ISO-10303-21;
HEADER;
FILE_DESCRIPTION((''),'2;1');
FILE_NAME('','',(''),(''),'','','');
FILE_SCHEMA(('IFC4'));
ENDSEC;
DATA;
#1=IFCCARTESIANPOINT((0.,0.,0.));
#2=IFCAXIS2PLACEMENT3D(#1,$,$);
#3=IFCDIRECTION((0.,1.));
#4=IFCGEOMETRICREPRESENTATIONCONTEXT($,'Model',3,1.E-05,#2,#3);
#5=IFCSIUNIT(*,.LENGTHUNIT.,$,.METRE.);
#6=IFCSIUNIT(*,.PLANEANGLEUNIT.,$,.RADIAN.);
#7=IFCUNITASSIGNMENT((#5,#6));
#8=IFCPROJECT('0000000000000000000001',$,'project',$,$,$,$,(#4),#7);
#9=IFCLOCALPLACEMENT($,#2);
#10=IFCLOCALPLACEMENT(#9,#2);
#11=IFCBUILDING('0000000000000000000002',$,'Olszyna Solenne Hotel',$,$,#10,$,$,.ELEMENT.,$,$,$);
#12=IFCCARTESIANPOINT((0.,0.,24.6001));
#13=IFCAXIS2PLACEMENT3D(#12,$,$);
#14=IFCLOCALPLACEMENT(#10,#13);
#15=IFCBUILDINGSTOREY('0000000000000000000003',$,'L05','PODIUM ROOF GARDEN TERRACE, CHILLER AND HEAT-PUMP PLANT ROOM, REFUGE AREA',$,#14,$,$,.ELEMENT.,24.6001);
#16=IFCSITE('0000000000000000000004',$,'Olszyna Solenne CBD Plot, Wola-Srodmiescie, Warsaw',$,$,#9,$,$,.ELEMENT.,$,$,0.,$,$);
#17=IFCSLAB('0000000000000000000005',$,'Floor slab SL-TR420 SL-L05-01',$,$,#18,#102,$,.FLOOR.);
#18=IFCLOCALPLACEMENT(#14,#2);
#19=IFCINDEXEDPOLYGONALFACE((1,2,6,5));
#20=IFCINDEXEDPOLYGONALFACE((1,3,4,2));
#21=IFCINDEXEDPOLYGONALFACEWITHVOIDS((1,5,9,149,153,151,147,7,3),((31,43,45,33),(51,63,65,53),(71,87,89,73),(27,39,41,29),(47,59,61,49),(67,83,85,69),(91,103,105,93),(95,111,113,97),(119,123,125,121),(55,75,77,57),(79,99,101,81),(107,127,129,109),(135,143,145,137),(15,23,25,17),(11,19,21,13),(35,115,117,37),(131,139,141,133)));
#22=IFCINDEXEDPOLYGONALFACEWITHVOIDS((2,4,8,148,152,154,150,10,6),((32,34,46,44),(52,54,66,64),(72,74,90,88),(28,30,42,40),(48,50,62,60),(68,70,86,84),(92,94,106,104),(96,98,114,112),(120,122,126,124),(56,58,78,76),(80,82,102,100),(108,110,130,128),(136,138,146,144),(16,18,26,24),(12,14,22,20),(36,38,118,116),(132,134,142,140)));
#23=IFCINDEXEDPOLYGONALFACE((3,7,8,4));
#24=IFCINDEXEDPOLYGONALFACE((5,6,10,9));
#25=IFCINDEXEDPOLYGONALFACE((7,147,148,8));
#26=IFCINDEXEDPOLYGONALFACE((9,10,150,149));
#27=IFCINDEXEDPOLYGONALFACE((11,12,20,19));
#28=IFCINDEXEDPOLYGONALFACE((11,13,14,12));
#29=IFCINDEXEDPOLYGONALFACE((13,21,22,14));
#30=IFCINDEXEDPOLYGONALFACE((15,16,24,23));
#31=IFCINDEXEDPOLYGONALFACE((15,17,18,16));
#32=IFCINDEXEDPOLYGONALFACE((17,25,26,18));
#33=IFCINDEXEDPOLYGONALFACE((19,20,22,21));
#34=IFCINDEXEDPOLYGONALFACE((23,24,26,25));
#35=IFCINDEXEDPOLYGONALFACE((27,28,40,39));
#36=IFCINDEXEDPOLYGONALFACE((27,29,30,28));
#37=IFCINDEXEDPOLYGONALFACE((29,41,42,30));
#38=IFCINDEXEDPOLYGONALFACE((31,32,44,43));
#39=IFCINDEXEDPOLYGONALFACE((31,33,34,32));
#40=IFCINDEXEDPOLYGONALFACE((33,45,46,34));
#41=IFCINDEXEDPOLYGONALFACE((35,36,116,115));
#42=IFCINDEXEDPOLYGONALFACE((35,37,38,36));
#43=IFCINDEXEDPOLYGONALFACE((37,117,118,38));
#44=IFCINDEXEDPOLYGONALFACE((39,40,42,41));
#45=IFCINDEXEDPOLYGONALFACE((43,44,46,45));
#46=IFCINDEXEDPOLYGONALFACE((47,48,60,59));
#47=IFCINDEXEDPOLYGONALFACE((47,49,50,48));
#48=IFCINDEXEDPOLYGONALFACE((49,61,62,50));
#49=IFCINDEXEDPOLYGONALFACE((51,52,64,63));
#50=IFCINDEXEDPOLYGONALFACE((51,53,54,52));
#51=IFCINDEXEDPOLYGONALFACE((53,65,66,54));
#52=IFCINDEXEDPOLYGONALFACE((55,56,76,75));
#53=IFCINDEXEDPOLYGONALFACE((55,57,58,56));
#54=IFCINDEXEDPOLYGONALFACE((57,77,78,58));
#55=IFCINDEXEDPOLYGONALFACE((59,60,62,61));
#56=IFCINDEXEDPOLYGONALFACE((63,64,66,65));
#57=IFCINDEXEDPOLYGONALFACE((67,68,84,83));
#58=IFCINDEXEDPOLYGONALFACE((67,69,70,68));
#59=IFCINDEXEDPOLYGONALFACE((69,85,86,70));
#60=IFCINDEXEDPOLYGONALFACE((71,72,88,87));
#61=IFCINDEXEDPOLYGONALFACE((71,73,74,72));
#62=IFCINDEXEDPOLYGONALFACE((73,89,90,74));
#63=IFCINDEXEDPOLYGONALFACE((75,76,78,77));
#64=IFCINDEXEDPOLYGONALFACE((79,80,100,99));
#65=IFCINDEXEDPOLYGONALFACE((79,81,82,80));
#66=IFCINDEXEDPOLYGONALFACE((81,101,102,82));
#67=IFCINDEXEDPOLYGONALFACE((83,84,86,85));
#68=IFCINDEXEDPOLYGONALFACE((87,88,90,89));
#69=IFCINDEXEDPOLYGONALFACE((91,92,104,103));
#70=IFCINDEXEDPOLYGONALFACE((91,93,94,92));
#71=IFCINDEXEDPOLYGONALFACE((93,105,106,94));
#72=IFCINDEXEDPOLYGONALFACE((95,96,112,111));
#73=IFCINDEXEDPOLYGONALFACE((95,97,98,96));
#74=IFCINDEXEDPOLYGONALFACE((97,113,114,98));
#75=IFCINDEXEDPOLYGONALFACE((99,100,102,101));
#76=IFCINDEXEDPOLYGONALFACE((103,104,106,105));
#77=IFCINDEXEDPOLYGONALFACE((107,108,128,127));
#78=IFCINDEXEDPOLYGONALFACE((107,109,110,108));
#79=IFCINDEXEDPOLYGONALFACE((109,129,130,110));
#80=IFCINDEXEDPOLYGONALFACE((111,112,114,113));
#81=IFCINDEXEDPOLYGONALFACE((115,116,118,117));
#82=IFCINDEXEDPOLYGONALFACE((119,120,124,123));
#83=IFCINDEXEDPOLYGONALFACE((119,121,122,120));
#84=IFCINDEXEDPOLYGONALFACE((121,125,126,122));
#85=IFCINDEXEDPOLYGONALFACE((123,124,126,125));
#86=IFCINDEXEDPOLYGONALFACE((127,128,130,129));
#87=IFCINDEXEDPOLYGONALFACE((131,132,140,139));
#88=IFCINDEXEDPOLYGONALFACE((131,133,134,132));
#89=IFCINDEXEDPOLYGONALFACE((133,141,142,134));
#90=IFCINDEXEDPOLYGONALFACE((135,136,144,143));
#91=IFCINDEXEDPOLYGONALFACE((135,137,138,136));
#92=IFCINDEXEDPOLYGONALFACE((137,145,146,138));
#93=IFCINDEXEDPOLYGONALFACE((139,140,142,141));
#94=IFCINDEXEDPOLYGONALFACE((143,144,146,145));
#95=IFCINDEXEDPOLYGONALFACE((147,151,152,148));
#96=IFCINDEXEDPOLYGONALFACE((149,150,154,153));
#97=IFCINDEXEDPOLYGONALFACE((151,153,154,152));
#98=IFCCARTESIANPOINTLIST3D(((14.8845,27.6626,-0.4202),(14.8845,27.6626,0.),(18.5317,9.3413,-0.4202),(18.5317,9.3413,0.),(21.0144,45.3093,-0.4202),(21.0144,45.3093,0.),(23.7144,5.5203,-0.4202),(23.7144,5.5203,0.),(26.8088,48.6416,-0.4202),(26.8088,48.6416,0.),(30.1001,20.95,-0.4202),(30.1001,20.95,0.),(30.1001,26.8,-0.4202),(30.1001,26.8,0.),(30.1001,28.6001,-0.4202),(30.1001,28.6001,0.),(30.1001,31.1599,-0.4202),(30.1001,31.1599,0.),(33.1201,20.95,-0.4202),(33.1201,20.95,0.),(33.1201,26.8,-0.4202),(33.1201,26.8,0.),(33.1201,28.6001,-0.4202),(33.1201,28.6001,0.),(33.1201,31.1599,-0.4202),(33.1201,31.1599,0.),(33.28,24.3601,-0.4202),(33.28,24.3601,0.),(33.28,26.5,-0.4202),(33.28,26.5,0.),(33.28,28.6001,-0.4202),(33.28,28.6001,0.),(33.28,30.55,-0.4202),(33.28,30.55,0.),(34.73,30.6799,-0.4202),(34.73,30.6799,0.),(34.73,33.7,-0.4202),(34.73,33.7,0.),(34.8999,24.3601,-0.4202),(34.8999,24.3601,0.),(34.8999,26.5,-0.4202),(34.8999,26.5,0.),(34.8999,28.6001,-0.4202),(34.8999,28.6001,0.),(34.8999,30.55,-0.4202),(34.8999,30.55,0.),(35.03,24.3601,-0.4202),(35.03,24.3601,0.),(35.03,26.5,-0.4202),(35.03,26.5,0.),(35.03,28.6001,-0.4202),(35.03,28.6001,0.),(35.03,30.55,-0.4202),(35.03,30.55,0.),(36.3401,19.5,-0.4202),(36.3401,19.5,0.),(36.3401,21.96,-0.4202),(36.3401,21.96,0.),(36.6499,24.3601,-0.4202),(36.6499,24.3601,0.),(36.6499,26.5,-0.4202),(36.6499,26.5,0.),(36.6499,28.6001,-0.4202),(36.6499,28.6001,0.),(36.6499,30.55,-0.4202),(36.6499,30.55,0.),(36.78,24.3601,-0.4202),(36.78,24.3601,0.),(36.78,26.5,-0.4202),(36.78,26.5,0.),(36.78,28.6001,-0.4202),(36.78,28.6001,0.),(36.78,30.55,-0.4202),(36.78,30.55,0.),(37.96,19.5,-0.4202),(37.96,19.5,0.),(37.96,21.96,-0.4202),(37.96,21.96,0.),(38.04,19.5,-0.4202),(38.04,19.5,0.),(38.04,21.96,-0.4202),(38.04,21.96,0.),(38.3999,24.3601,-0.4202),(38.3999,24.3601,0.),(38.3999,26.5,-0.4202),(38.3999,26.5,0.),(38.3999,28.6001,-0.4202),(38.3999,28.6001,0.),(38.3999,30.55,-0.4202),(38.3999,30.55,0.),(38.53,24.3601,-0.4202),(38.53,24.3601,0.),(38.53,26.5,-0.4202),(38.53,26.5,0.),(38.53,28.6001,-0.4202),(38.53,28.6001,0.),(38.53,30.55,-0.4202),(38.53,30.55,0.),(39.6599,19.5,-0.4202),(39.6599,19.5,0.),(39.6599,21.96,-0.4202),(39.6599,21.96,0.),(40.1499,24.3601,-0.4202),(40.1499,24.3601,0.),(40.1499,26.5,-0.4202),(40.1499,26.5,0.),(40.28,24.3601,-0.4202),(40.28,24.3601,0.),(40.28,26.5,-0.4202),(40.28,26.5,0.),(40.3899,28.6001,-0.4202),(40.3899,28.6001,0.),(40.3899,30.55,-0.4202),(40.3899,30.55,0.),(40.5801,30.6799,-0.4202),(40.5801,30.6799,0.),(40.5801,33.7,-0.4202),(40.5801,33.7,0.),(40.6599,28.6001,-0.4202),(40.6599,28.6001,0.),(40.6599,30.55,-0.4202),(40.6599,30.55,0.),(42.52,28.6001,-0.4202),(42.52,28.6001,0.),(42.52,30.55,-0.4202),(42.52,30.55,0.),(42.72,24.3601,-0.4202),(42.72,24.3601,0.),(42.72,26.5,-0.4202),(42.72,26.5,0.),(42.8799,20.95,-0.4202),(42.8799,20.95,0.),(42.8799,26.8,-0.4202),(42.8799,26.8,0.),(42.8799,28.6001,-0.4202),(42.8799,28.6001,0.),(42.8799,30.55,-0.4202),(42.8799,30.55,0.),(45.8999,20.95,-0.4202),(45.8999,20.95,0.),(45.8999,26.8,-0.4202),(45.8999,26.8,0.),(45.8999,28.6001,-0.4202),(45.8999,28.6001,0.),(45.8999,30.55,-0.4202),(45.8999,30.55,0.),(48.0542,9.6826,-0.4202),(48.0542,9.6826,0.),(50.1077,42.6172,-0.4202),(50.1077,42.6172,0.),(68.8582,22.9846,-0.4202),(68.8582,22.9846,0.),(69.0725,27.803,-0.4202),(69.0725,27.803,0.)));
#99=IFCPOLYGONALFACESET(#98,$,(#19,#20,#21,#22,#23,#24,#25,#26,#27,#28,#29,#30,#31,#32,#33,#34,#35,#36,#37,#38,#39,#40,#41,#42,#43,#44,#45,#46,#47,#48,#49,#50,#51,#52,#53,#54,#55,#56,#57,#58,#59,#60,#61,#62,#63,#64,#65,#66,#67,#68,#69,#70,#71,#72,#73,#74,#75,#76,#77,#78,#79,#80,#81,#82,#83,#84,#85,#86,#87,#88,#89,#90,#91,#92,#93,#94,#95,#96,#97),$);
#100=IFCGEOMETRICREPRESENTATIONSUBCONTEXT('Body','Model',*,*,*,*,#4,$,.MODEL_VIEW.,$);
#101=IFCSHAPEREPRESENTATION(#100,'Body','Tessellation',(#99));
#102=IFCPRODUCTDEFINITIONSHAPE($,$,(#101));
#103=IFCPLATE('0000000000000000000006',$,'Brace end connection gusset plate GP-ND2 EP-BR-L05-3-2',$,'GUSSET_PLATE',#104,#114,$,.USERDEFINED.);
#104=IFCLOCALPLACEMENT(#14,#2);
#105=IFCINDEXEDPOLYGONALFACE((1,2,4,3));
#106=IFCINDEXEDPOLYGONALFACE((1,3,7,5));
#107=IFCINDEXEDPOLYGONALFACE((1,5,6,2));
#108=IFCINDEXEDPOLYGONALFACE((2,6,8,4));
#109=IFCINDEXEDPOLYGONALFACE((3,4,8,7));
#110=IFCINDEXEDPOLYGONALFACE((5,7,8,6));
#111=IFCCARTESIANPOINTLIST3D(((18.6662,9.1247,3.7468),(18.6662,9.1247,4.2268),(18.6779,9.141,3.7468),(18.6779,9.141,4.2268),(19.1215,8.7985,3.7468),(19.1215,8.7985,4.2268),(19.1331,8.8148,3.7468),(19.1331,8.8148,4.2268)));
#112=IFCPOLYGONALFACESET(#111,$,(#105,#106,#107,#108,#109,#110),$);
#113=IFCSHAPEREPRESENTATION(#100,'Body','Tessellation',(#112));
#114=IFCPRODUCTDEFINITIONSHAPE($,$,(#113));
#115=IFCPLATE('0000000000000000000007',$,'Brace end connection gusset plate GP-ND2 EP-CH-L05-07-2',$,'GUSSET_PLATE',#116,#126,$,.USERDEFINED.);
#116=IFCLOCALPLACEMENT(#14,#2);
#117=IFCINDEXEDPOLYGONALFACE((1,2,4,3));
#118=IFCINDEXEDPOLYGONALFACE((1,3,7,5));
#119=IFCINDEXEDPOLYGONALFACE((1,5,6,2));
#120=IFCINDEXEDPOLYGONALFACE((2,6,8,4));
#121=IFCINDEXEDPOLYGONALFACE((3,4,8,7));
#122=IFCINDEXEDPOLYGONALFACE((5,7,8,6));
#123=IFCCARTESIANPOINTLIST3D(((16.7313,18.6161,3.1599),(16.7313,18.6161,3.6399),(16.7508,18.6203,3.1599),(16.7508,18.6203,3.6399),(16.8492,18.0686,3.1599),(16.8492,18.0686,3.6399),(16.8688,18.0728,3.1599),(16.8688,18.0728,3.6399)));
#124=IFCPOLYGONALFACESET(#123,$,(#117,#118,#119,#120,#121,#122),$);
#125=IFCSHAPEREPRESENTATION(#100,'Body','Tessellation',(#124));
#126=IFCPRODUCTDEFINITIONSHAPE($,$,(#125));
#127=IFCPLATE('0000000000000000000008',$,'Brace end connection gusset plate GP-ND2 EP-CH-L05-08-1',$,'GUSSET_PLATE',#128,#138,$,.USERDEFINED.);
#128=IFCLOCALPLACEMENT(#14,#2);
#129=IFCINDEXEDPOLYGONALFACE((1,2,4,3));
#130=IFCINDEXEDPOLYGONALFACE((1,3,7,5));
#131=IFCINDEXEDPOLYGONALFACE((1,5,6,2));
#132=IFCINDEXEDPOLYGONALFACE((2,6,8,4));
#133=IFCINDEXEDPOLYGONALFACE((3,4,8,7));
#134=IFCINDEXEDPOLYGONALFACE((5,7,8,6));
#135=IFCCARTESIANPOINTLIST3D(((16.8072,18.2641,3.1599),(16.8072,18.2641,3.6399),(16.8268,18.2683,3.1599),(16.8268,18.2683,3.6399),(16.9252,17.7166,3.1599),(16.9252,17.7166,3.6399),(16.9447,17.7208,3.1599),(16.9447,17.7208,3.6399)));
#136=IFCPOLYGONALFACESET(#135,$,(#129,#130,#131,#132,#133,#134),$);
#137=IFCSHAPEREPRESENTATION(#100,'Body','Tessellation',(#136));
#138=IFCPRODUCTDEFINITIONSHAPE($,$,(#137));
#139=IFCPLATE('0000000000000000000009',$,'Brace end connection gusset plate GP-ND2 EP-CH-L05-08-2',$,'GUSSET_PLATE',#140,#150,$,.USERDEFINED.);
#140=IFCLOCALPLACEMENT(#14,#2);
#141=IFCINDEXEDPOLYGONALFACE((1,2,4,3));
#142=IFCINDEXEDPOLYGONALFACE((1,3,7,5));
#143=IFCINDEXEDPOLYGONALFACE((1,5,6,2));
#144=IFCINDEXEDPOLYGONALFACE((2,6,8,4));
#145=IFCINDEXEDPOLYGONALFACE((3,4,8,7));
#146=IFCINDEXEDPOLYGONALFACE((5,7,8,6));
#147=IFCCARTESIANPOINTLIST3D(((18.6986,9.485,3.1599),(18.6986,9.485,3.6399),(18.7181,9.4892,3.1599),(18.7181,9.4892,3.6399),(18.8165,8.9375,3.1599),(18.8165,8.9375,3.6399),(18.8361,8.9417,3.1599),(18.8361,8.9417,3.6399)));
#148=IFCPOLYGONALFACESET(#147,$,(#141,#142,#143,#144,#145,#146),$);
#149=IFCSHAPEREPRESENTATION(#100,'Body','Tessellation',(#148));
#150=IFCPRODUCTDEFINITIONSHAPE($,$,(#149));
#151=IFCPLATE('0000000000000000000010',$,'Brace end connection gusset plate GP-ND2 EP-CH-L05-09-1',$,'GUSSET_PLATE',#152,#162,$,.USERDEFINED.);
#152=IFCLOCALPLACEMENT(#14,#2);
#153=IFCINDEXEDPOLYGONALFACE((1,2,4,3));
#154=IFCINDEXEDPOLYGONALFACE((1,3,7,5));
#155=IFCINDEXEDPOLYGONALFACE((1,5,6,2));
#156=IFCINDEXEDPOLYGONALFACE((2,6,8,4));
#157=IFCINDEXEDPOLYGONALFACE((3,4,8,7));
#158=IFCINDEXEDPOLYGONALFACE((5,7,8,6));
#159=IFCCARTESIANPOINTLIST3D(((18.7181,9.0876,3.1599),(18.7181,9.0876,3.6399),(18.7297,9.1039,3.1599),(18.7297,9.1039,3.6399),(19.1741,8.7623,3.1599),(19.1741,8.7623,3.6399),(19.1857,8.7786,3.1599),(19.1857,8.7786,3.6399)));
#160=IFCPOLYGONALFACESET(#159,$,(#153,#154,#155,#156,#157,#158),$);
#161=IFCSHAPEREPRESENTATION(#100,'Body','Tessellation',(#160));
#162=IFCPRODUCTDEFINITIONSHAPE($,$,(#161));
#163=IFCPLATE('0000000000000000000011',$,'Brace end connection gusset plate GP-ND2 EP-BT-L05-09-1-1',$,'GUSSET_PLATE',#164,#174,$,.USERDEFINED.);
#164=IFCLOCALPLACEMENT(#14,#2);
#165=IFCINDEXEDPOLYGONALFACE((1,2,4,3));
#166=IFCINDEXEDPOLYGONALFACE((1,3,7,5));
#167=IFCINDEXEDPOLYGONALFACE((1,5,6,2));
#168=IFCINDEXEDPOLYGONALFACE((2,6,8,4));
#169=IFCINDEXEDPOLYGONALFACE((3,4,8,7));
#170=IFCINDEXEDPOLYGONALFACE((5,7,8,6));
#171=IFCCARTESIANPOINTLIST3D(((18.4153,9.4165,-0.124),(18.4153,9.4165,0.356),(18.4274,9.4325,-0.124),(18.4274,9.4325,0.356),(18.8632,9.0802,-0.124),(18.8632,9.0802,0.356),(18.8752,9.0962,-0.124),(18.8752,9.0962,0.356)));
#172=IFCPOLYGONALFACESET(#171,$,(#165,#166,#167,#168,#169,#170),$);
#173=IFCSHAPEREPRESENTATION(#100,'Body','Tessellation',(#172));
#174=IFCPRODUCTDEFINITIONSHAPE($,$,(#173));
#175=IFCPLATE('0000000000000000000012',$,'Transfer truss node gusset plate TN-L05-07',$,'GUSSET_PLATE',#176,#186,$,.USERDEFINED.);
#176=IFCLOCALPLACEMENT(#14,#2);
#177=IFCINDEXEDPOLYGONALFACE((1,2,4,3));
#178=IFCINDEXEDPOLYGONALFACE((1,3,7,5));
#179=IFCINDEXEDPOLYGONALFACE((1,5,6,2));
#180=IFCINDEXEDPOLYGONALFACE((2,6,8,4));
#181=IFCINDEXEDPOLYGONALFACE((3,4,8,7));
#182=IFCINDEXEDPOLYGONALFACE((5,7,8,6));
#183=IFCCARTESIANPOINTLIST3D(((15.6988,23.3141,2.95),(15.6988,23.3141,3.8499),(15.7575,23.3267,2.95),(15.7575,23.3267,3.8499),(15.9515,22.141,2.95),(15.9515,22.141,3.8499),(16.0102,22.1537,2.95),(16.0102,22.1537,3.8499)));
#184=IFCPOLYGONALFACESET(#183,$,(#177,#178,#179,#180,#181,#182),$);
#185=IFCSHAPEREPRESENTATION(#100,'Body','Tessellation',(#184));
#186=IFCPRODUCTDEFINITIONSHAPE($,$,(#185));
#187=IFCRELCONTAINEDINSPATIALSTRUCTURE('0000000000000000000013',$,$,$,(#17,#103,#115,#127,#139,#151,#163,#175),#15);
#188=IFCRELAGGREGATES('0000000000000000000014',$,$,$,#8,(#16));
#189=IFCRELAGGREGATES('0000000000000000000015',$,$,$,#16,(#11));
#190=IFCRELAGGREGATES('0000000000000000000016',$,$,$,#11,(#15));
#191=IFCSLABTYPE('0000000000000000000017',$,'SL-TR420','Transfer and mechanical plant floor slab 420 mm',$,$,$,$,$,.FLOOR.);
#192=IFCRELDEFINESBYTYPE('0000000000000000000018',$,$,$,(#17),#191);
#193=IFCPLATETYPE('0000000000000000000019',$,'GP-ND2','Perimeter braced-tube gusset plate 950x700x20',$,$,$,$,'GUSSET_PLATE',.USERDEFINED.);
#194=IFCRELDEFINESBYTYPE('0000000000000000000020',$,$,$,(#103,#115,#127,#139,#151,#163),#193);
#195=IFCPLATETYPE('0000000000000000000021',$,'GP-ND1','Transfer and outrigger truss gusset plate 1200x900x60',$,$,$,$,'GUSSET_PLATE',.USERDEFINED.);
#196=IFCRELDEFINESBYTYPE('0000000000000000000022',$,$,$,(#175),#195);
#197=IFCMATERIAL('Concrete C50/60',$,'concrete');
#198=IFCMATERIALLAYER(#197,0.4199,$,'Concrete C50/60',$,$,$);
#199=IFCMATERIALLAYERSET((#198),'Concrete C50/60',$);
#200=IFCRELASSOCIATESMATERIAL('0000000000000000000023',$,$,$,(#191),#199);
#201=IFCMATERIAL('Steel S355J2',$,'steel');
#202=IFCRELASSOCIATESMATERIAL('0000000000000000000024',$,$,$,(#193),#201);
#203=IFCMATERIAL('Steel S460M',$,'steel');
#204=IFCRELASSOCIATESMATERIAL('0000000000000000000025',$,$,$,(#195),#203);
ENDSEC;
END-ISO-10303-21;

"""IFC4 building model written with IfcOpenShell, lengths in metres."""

from ifc_helpers import new_model, si_unit, direction, frame, origin, origin_2d, place, context, subcontext, project, spatial, polyline, rectangle, outline, extrude, source, transform, mapped, material, layer, layer_set, type_object, element, save


model = new_model("IFC4")

# Units and contexts
model_context = context("Model", 3, precision=1e-05, world=origin(), true_north=direction((0.0, 1.0)))
body_context = subcontext(model_context, "Body", "Model", "MODEL_VIEW")
ifc_project = project(units=[si_unit("LENGTHUNIT", "METRE"), si_unit("PLANEANGLEUNIT", "RADIAN")], contexts=[model_context])

# Site, building, storey
site_placement = place(None, origin())
site = spatial("IfcSite", under=ifc_project, at=site_placement, Name="Olszyna Solenne CBD Plot, Wola-Srodmiescie, Warsaw", CompositionType="ELEMENT", RefElevation=0.0)
building_placement = place(site_placement, origin())
building = spatial("IfcBuilding", under=site, at=building_placement, Name="Olszyna Solenne Hotel", CompositionType="ELEMENT")
storey_placement = place(building_placement, frame((0.0, 0.0, 24.6001)))
storey = spatial("IfcBuildingStorey", under=building, at=storey_placement, Name="L05", Description="PODIUM ROOF GARDEN TERRACE, CHILLER AND HEAT-PUMP PLANT ROOM, REFUGE AREA", CompositionType="ELEMENT", Elevation=24.6001)

# Shared definitions
ifc_material_1 = material(Name="Steel S355J2", Category="steel")
ifc_material_2 = material(Name="Steel S460M", Category="steel")

# Slab
ifc_material_3 = material(Name="Concrete C50/60", Category="concrete")
ifc_layer_1 = layer(ifc_material_3, 0.4199, Name="Concrete C50/60")
ifc_layer_set_1 = layer_set([ifc_layer_1], Name="Concrete C50/60")
slab_type_1 = type_object("IfcSlabType", Name="SL-TR420", Description="Transfer and mechanical plant floor slab 420 mm", PredefinedType="FLOOR", material=ifc_layer_set_1)
slab_1_placement = place(storey_placement, frame((0.0, 0.0, -0.4202)))
element("IfcSlab", 1, at=slab_1_placement, inside=storey, type_object=slab_type_1, Name="Floor slab SL-TR420 SL-L05-01", PredefinedType="FLOOR", context=body_context, shape_type="SweptSolid", body=[
    extrude(outline(polyline([(68.8582, 22.9846), (69.0725, 27.803), (50.1077, 42.6172), (26.8088, 48.6416), (21.0144, 45.3093), (14.8845, 27.6626), (18.5317, 9.3413), (23.7144, 5.5203), (48.0542, 9.6826), (68.8582, 22.9846)]), holes=[polyline([(30.1001, 20.95), (33.1201, 20.95), (33.1201, 26.8), (30.1001, 26.8), (30.1001, 20.95)]), polyline([(42.8799, 20.95), (45.8999, 20.95), (45.8999, 26.8), (42.8799, 26.8), (42.8799, 20.95)]), polyline([(34.73, 30.6799), (40.5801, 30.6799), (40.5801, 33.7), (34.73, 33.7), (34.73, 30.6799)]), polyline([(36.3401, 19.5), (37.96, 19.5), (37.96, 21.96), (36.3401, 21.96), (36.3401, 19.5)]), polyline([(38.04, 19.5), (39.6599, 19.5), (39.6599, 21.96), (38.04, 21.96), (38.04, 19.5)]), polyline([(30.1001, 28.6001), (33.1201, 28.6001), (33.1201, 31.1599), (30.1001, 31.1599), (30.1001, 28.6001)]), polyline([(33.28, 24.3601), (34.8999, 24.3601), (34.8999, 26.5), (33.28, 26.5), (33.28, 24.3601)]), polyline([(35.03, 24.3601), (36.6499, 24.3601), (36.6499, 26.5), (35.03, 26.5), (35.03, 24.3601)]), polyline([(36.78, 24.3601), (38.3999, 24.3601), (38.3999, 26.5), (36.78, 26.5), (36.78, 24.3601)]), polyline([(38.53, 24.3601), (40.1499, 24.3601), (40.1499, 26.5), (38.53, 26.5), (38.53, 24.3601)]), polyline([(40.28, 24.3601), (42.72, 24.3601), (42.72, 26.5), (40.28, 26.5), (40.28, 24.3601)]), polyline([(33.28, 28.6001), (34.8999, 28.6001), (34.8999, 30.55), (33.28, 30.55), (33.28, 28.6001)]), polyline([(35.03, 28.6001), (36.6499, 28.6001), (36.6499, 30.55), (35.03, 30.55), (35.03, 28.6001)]), polyline([(36.78, 28.6001), (38.3999, 28.6001), (38.3999, 30.55), (36.78, 30.55), (36.78, 28.6001)]), polyline([(38.53, 28.6001), (40.3899, 28.6001), (40.3899, 30.55), (38.53, 30.55), (38.53, 28.6001)]), polyline([(40.6599, 28.6001), (42.52, 28.6001), (42.52, 30.55), (40.6599, 30.55), (40.6599, 28.6001)]), polyline([(42.8799, 28.6001), (45.8999, 28.6001), (45.8999, 30.55), (42.8799, 30.55), (42.8799, 28.6001)])]), origin(), (0.0, 0.0, 1.0), 0.4202),
])

# Plates
plate_type_1 = type_object("IfcPlateType", Name="GP-ND2", Description="Perimeter braced-tube gusset plate 950x700x20", ElementType="GUSSET_PLATE", PredefinedType="USERDEFINED", material=ifc_material_1)
shared_shape_1 = source(origin(), body_context, "Body", "SweptSolid", [
    extrude(rectangle(XDim=0.5601, YDim=0.02, at=origin_2d()), origin(), (0.0, 0.0, 1.0), 0.48),
])
for number, where, z_axis, x_axis, name in (
    (2, (18.8997, 8.9697, 3.7468), (0.0, 0.0, 1.0), (-0.812898, 0.582407, 0.0), "Brace end connection gusset plate GP-ND2 EP-BR-L05-3-2"),
    (3, (16.8, 18.3445, 3.1599), (0.0, 0.0, 1.0), (0.210642, -0.977563, 0.0), "Brace end connection gusset plate GP-ND2 EP-CH-L05-07-2"),
    (4, (16.876, 17.9924, 3.1599), (0.0, 0.0, 1.0), (0.210642, -0.977563, 0.0), "Brace end connection gusset plate GP-ND2 EP-CH-L05-08-1"),
    (5, (18.7673, 9.2134, 3.1599), (0.0, 0.0, 1.0), (0.210642, -0.977563, 0.0), "Brace end connection gusset plate GP-ND2 EP-CH-L05-08-2"),
    (6, (18.9519, 8.9331, 3.1599), (0.0, 0.0, 1.0), (0.814116, -0.580703, 0.0), "Brace end connection gusset plate GP-ND2 EP-CH-L05-09-1"),
    (7, (18.6453, 9.2563, -0.124), (0.0, 0.0, 1.0), (0.79958, -0.60056, 0.0), "Brace end connection gusset plate GP-ND2 EP-BT-L05-09-1-1"),
):
    element("IfcPlate", number, at=place(storey_placement, frame(where, z_axis=z_axis, x_axis=x_axis)), inside=storey, type_object=plate_type_1, Name=name, ObjectType="GUSSET_PLATE", PredefinedType="USERDEFINED", context=body_context, shape_type="MappedRepresentation", body=[
        mapped(shared_shape_1, transform((0.0, 0.0, 0.0), x_axis=(1.0, 0.0, 0.0), y_axis=(0.0, 1.0, 0.0), z_axis=(0.0, 0.0, 1.0), scale=1.0)),
    ])
plate_type_2 = type_object("IfcPlateType", Name="GP-ND1", Description="Transfer and outrigger truss gusset plate 1200x900x60", ElementType="GUSSET_PLATE", PredefinedType="USERDEFINED", material=ifc_material_2)
shared_shape_2 = source(origin(), body_context, "Body", "SweptSolid", [
    extrude(rectangle(XDim=1.2, YDim=0.0601, at=origin_2d()), origin(), (0.0, 0.0, 1.0), 0.8999),
])
for number, where, z_axis, x_axis, name in (
    (8, (15.8545, 22.7339, 2.95), (0.0, 0.0, 1.0), (0.210642, -0.977563, 0.0), "Transfer truss node gusset plate TN-L05-07"),
):
    element("IfcPlate", number, at=place(storey_placement, frame(where, z_axis=z_axis, x_axis=x_axis)), inside=storey, type_object=plate_type_2, Name=name, ObjectType="GUSSET_PLATE", PredefinedType="USERDEFINED", context=body_context, shape_type="MappedRepresentation", body=[
        mapped(shared_shape_2, transform((0.0, 0.0, 0.0), x_axis=(1.0, 0.0, 0.0), y_axis=(0.0, 1.0, 0.0), z_axis=(0.0, 0.0, 1.0), scale=1.0)),
    ])

save(model, "model.ifc")
